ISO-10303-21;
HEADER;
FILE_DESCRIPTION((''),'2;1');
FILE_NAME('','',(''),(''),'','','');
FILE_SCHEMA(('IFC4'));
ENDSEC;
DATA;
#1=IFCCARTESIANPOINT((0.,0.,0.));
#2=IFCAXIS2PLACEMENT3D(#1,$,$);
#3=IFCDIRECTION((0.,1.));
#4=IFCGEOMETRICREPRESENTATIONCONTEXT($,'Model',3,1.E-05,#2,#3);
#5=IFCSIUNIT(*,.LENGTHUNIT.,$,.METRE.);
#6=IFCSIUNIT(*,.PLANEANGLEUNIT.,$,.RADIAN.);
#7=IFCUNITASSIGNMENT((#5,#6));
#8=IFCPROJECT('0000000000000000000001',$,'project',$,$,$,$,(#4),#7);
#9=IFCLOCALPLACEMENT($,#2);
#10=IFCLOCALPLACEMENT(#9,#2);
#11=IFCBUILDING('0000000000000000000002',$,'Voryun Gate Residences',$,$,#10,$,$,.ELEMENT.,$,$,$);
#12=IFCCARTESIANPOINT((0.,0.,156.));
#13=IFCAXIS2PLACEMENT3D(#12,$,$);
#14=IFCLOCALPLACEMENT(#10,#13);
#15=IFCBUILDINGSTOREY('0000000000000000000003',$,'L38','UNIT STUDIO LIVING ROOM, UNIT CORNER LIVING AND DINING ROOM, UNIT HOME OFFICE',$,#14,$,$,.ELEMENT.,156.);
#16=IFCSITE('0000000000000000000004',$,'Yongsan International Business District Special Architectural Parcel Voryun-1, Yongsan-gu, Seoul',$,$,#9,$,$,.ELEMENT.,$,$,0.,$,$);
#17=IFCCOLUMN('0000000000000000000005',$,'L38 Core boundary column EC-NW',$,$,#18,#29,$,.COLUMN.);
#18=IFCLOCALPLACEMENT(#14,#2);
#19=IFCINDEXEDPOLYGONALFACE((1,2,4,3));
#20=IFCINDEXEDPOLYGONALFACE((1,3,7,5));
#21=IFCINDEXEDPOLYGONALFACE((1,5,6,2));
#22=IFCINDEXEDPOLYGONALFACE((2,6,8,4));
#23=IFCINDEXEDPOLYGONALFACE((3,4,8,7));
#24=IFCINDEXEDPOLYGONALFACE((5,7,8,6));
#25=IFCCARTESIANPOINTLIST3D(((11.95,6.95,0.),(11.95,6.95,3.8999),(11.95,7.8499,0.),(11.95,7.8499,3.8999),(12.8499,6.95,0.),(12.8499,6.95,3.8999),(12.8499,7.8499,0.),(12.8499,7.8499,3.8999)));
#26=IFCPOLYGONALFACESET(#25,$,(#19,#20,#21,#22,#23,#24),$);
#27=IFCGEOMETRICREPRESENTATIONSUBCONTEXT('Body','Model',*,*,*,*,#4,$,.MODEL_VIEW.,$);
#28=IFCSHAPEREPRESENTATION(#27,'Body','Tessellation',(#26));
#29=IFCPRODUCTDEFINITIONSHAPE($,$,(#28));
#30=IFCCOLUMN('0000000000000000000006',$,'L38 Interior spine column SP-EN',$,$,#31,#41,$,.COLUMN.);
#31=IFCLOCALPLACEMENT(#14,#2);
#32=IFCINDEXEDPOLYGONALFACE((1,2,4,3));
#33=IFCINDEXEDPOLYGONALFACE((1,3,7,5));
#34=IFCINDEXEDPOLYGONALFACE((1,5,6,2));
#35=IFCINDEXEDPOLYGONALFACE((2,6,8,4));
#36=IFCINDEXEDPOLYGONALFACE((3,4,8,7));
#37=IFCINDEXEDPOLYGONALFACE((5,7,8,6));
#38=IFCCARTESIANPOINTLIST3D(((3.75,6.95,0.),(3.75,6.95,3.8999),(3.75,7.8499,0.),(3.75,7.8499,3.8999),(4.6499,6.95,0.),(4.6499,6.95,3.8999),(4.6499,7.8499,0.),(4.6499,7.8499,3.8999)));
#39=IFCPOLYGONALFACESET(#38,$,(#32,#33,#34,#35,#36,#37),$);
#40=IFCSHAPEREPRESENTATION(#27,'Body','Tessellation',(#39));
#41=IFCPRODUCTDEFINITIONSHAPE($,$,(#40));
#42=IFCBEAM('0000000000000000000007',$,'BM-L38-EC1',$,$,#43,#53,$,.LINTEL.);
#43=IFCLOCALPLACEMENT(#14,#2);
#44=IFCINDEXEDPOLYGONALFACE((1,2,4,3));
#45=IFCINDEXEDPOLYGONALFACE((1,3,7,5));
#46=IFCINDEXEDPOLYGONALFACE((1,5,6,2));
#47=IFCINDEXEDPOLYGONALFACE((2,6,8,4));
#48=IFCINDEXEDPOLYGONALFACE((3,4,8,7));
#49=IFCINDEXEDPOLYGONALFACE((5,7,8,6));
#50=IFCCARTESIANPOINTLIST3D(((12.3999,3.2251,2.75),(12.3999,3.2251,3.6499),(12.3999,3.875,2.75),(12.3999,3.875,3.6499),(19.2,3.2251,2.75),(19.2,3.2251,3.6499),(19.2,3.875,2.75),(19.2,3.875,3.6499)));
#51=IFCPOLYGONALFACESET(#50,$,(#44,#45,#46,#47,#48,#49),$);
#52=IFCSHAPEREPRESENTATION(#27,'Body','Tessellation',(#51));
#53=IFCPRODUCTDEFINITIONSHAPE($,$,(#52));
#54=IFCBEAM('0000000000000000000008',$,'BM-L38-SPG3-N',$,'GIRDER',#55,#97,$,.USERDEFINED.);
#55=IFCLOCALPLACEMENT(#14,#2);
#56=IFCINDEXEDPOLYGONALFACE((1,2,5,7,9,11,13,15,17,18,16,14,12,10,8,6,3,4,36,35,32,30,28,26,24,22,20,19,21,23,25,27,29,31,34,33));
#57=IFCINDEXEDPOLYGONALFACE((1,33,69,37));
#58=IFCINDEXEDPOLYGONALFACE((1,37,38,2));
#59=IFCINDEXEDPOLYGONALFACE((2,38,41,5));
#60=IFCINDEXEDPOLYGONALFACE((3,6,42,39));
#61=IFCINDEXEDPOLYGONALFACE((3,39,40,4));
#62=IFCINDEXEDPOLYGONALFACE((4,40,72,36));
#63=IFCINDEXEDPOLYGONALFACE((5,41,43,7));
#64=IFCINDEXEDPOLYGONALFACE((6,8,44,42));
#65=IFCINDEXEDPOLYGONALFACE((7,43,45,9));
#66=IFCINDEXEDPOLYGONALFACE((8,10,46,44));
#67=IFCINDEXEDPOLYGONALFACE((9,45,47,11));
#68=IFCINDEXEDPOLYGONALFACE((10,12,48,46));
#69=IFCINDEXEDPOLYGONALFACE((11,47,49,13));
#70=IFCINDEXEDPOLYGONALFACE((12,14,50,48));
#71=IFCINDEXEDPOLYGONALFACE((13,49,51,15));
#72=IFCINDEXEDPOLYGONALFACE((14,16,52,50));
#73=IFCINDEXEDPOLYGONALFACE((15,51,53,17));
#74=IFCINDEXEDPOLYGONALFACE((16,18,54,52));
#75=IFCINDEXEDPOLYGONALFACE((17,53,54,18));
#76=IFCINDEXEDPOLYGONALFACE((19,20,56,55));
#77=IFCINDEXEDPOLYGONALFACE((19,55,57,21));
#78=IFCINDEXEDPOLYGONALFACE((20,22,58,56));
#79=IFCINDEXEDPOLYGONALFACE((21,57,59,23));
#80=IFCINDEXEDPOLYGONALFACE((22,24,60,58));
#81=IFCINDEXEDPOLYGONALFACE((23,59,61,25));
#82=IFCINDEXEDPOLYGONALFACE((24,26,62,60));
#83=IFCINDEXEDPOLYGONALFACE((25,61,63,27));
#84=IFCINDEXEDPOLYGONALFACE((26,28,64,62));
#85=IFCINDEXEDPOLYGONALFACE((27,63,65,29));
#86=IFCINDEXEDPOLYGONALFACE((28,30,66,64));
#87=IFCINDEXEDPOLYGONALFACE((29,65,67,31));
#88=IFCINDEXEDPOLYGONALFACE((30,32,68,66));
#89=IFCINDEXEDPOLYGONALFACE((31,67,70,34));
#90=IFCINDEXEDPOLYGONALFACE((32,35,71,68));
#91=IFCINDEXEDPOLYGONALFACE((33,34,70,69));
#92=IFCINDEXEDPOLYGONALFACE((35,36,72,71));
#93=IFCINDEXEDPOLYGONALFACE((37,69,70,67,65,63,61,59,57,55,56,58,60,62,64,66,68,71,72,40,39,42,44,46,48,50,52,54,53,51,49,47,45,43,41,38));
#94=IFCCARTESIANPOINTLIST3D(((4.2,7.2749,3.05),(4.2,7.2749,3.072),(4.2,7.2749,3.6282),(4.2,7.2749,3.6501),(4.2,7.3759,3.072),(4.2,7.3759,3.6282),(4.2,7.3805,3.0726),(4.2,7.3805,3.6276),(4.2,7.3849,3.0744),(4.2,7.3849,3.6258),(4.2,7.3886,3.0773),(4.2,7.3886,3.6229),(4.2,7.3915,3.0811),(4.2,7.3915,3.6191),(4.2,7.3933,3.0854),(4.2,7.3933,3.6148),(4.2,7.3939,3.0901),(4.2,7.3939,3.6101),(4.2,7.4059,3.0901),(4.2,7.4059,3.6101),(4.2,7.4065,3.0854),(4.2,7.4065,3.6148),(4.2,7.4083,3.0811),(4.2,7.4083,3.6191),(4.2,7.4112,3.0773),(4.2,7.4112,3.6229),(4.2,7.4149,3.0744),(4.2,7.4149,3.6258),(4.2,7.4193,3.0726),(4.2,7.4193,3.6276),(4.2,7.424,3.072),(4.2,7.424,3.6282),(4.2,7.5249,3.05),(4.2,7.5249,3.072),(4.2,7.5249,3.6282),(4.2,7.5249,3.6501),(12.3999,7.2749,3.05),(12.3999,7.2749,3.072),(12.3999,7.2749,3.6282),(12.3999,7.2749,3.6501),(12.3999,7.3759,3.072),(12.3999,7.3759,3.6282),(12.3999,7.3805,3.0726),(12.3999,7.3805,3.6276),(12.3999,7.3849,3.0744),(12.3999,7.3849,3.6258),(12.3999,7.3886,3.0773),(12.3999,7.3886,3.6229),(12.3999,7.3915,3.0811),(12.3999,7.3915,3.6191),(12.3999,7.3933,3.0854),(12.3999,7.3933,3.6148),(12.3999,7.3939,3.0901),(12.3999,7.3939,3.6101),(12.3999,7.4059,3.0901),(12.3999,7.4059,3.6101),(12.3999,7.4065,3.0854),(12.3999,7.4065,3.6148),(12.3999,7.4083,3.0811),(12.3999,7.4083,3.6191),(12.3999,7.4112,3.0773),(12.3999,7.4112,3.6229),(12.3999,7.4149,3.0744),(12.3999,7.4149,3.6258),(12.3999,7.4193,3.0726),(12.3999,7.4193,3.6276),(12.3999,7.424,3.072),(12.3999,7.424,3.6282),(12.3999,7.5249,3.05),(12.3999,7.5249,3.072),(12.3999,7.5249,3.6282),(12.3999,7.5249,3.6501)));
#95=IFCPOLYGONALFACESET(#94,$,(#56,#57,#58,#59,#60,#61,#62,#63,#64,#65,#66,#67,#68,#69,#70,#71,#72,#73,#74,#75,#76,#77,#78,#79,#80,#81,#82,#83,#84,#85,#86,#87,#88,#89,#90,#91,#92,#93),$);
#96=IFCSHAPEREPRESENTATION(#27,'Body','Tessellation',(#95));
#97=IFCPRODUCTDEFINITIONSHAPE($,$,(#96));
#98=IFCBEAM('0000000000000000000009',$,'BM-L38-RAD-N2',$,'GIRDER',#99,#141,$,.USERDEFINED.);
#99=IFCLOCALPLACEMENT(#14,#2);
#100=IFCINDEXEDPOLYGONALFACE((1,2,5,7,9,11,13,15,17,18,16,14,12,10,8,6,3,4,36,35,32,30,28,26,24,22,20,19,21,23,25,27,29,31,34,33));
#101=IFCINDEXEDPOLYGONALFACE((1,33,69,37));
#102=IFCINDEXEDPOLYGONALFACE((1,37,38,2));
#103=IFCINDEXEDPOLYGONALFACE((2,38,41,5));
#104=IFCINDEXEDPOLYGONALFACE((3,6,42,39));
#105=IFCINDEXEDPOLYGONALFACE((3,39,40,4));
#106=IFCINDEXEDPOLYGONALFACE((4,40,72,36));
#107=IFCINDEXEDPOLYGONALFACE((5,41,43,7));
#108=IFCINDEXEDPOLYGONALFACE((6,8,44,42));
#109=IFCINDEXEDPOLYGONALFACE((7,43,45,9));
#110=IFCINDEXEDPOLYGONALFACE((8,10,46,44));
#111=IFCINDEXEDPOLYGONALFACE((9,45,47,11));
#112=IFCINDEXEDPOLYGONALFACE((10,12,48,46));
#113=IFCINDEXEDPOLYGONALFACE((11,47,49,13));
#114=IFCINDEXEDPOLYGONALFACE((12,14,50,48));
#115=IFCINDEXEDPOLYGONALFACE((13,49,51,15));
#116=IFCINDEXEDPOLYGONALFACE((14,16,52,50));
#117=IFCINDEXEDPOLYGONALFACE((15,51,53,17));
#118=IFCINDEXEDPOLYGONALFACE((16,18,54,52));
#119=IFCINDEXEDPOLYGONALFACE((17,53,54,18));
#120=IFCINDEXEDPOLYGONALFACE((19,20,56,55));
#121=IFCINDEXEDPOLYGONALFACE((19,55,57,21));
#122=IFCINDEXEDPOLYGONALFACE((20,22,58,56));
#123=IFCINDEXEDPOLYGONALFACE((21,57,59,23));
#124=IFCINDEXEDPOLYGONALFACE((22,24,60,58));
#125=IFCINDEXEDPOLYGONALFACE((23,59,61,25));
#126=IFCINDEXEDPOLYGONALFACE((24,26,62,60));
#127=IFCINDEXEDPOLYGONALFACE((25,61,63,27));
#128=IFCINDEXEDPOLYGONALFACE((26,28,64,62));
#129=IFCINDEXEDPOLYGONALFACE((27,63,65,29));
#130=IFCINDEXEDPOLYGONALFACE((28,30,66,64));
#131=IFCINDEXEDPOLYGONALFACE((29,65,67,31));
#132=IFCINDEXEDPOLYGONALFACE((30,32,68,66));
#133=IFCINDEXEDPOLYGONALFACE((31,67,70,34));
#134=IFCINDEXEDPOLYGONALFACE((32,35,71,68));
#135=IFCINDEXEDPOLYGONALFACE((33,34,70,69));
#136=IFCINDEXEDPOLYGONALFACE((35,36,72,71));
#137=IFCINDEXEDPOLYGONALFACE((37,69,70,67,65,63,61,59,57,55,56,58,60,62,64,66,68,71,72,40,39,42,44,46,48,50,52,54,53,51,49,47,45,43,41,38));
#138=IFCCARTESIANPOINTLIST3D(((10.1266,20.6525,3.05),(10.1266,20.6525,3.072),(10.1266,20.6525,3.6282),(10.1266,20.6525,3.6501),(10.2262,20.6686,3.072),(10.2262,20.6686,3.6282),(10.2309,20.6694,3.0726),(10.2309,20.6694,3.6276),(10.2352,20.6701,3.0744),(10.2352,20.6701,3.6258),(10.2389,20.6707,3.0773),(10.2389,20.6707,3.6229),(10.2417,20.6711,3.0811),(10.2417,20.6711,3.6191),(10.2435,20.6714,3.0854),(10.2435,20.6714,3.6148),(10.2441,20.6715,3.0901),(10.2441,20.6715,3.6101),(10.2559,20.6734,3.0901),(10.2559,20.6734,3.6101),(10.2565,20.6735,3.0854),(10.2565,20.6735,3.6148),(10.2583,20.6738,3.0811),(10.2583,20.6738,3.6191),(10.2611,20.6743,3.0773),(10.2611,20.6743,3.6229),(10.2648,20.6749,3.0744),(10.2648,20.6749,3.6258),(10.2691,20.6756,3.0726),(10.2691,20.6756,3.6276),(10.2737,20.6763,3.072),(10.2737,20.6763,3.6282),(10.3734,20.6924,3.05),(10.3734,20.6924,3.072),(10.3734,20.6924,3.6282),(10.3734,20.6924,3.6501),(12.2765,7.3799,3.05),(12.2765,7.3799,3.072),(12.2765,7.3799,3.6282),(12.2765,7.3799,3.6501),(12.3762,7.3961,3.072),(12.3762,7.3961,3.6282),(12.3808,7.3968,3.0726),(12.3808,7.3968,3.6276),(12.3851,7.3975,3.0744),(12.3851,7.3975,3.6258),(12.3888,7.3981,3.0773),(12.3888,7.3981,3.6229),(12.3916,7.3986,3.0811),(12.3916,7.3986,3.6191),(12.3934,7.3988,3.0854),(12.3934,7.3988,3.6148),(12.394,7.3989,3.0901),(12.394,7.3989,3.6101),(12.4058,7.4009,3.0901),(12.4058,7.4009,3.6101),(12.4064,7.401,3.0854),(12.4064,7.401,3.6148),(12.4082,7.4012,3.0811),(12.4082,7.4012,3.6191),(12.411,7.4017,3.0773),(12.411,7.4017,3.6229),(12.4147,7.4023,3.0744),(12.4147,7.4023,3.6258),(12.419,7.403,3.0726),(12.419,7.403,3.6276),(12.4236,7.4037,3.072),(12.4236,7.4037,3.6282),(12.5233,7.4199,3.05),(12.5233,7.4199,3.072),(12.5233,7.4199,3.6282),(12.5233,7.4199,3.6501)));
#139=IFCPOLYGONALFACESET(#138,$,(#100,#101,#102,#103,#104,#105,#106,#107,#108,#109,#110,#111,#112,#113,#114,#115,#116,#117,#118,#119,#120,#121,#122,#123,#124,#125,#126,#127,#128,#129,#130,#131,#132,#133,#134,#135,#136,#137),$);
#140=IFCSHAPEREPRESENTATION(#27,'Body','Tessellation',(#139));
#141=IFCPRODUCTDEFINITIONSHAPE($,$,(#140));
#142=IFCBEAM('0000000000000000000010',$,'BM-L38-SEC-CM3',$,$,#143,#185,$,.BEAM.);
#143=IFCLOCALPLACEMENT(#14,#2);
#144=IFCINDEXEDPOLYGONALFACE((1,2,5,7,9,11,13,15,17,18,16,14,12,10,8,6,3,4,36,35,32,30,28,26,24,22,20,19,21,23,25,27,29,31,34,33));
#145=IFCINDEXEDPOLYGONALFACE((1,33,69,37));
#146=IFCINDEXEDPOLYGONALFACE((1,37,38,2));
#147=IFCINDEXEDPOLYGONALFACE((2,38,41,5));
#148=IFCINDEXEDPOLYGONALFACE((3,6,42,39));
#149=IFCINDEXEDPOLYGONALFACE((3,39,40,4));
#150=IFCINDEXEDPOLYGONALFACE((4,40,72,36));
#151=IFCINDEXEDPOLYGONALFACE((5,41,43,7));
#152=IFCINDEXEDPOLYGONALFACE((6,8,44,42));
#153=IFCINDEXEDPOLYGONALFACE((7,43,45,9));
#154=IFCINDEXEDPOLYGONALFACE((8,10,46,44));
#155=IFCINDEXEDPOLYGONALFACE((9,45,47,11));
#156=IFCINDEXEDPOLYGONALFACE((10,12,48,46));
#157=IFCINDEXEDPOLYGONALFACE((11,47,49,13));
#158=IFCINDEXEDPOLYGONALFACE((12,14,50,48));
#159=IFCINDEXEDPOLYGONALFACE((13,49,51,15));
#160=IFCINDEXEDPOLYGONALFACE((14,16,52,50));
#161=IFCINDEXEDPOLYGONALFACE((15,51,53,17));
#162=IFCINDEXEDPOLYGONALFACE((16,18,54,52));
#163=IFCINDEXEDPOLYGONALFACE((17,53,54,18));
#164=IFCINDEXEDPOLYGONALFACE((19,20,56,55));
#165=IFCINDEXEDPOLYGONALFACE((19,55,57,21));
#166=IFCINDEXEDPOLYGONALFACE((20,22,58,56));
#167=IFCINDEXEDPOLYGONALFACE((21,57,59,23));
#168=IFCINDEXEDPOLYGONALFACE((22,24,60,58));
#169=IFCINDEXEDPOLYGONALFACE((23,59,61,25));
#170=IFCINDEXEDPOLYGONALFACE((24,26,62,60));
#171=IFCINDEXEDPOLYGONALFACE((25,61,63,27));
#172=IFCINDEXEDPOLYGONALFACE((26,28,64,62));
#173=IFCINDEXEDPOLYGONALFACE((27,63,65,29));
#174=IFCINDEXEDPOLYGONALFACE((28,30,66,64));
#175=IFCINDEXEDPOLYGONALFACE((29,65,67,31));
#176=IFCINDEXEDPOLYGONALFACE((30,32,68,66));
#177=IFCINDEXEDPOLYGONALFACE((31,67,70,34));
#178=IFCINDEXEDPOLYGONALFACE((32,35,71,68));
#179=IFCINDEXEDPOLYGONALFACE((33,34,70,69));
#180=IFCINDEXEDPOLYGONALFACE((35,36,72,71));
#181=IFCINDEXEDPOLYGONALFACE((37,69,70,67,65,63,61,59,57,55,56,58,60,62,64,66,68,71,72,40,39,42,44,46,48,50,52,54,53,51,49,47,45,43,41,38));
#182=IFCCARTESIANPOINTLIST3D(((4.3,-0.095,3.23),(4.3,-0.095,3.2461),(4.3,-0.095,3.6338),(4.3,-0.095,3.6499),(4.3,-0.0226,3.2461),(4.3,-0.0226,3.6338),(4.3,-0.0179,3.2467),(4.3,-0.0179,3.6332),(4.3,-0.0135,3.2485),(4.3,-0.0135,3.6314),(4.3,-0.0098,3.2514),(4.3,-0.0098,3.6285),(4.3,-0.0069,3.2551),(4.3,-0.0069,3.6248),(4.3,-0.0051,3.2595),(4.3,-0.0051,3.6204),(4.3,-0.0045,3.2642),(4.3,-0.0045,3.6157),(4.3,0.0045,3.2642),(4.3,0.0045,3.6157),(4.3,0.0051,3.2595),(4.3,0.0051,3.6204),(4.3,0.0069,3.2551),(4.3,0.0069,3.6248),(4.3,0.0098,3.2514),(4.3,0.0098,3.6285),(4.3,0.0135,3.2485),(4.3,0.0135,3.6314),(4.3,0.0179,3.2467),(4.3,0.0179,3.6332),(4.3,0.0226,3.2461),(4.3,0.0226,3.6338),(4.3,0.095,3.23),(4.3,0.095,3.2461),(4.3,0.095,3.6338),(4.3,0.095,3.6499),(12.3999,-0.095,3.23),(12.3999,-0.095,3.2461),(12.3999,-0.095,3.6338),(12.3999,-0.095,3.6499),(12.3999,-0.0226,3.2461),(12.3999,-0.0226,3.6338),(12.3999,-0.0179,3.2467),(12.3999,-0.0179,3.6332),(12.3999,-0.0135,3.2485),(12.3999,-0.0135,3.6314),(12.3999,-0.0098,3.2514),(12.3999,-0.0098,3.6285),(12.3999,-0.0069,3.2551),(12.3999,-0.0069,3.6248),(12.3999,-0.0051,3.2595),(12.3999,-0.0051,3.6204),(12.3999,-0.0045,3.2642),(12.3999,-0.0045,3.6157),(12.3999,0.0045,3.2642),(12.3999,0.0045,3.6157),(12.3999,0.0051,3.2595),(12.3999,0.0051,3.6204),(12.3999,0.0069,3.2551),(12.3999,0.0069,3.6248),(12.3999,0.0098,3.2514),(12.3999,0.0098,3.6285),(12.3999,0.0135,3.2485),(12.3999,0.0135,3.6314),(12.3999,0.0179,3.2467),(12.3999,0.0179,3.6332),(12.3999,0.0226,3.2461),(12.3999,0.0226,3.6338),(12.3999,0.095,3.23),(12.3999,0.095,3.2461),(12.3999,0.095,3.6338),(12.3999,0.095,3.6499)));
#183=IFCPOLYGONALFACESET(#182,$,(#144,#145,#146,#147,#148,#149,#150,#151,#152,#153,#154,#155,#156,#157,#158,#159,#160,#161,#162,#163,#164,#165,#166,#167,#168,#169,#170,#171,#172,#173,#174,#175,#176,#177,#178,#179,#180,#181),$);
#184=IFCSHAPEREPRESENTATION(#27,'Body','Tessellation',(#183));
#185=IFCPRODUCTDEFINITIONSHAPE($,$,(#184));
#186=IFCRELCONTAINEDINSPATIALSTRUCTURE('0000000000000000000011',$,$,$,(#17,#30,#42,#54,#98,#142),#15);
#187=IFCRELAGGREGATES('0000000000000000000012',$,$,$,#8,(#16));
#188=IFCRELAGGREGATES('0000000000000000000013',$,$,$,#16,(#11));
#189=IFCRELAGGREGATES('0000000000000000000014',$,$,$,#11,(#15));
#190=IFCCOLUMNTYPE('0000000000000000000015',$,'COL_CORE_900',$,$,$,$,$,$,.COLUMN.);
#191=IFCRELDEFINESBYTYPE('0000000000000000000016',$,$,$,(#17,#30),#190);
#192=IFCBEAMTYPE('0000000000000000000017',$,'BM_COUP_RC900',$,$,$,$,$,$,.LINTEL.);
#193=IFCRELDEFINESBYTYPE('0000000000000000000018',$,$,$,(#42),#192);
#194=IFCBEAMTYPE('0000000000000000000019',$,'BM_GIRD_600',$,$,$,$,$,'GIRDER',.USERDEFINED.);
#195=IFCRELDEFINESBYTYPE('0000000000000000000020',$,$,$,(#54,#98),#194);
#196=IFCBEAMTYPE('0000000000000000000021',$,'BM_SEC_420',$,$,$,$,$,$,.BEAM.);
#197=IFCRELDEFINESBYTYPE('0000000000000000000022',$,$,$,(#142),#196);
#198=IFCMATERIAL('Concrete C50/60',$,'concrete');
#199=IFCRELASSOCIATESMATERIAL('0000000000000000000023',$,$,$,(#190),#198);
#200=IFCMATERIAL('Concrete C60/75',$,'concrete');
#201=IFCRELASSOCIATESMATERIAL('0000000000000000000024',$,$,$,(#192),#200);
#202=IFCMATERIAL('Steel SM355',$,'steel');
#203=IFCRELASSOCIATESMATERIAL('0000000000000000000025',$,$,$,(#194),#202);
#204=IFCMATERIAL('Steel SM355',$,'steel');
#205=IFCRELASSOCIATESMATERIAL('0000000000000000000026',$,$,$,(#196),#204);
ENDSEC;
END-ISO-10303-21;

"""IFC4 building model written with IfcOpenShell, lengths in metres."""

from ifc_helpers import new_model, si_unit, direction, frame, origin, origin_2d, place, context, subcontext, project, spatial, rectangle, i_section, extrude, material, material_profile, profile_set, type_object, element, save


model = new_model("IFC4")

# Units and contexts
model_context = context("Model", 3, precision=1e-05, world=origin(), true_north=direction((0.0, 1.0)))
body_context = subcontext(model_context, "Body", "Model", "MODEL_VIEW")
ifc_project = project(units=[si_unit("LENGTHUNIT", "METRE"), si_unit("PLANEANGLEUNIT", "RADIAN")], contexts=[model_context])

# Site, building, storey
site_placement = place(None, origin())
site = spatial("IfcSite", under=ifc_project, at=site_placement, Name="Yongsan International Business District Special Architectural Parcel Voryun-1, Yongsan-gu, Seoul", CompositionType="ELEMENT", RefElevation=0.0)
building_placement = place(site_placement, origin())
building = spatial("IfcBuilding", under=site, at=building_placement, Name="Voryun Gate Residences", CompositionType="ELEMENT")
storey_placement = place(building_placement, frame((0.0, 0.0, 156.0)))
storey = spatial("IfcBuildingStorey", under=building, at=storey_placement, Name="L38", Description="UNIT STUDIO LIVING ROOM, UNIT CORNER LIVING AND DINING ROOM, UNIT HOME OFFICE", CompositionType="ELEMENT", Elevation=156.0)

# Columns
ifc_material_1 = material(Name="Concrete C50/60", Category="concrete")
ifc_material_profile_1 = material_profile(ifc_material_1, rectangle(XDim=0.8999, YDim=0.8999, at=origin_2d()), Name="RC-900x900")
ifc_profile_set_1 = profile_set([ifc_material_profile_1], Name="Concrete C50/60")
column_type = type_object("IfcColumnType", Name="COL_CORE_900", PredefinedType="COLUMN", material=ifc_profile_set_1)
for number, where, z_axis, x_axis, name in (
    (1, (12.3999, 7.3999, 0.0), (0.0, 0.0, 1.0), (1.0, 0.0, 0.0), "L38 Core boundary column EC-NW"),
    (2, (4.2, 7.3999, 0.0), (0.0, 0.0, 1.0), (1.0, 0.0, 0.0), "L38 Interior spine column SP-EN"),
):
    element("IfcColumn", number, at=place(storey_placement, frame(where, z_axis=z_axis, x_axis=x_axis)), inside=storey, type_object=column_type, Name=name, PredefinedType="COLUMN", context=body_context, shape_type="SweptSolid", body=[
        extrude(rectangle(XDim=0.8999, YDim=0.8999, at=origin_2d()), origin(), (0.0, 0.0, 1.0), 3.8999),
    ])

# Beams
ifc_material_2 = material(Name="Concrete C60/75", Category="concrete")
ifc_material_profile_2 = material_profile(ifc_material_2, rectangle(XDim=0.6499, YDim=0.8999, at=origin_2d()), Name="RC-650x900")
ifc_profile_set_2 = profile_set([ifc_material_profile_2], Name="Concrete C60/75")
beam_type_1 = type_object("IfcBeamType", Name="BM_COUP_RC900", PredefinedType="LINTEL", material=ifc_profile_set_2)
beam_1_placement = place(storey_placement, frame((12.3999, 3.55, 3.2), z_axis=(1.0, 0.0, 0.0), x_axis=(0.0, 1.0, 0.0)))
element("IfcBeam", 3, at=beam_1_placement, inside=storey, type_object=beam_type_1, Name="BM-L38-EC1", PredefinedType="LINTEL", context=body_context, shape_type="SweptSolid", body=[
    extrude(rectangle(XDim=0.6499, YDim=0.8999, at=origin_2d()), origin(), (0.0, 0.0, 1.0), 6.8),
])
ifc_material_3 = material(Name="Steel SM355", Category="steel")
ifc_material_profile_3 = material_profile(ifc_material_3, i_section(OverallWidth=0.25, OverallDepth=0.6001, WebThickness=0.012, FlangeThickness=0.022, FilletRadius=0.0181, at=origin_2d()), Name="H-600x250x12x22")
ifc_profile_set_3 = profile_set([ifc_material_profile_3], Name="Steel SM355")
beam_type_2 = type_object("IfcBeamType", Name="BM_GIRD_600", ElementType="GIRDER", PredefinedType="USERDEFINED", material=ifc_profile_set_3)
beam_2_placement = place(storey_placement, frame((4.2, 7.3999, 3.3501), z_axis=(1.0, 0.0, 0.0), x_axis=(0.0, 1.0, 0.0)))
element("IfcBeam", 4, at=beam_2_placement, inside=storey, type_object=beam_type_2, Name="BM-L38-SPG3-N", ObjectType="GIRDER", PredefinedType="USERDEFINED", context=body_context, shape_type="SweptSolid", body=[
    extrude(i_section(OverallWidth=0.25, OverallDepth=0.6001, WebThickness=0.012, FlangeThickness=0.022, FilletRadius=0.0181, at=origin_2d()), origin(), (0.0, 0.0, 1.0), 8.2),
])
beam_3_placement = place(storey_placement, frame((12.3999, 7.3999, 3.3501), z_axis=(-0.159898, 0.987134, 0.0), x_axis=(-0.987134, -0.159898, 0.0)))
element("IfcBeam", 5, at=beam_3_placement, inside=storey, type_object=beam_type_2, Name="BM-L38-RAD-N2", ObjectType="GIRDER", PredefinedType="USERDEFINED", context=body_context, shape_type="SweptSolid", body=[
    extrude(i_section(OverallWidth=0.25, OverallDepth=0.6001, WebThickness=0.012, FlangeThickness=0.022, FilletRadius=0.0181, at=origin_2d()), origin(), (0.0, 0.0, 1.0), 13.4456),
])
ifc_material_4 = material(Name="Steel SM355", Category="steel")
ifc_material_profile_4 = material_profile(ifc_material_4, i_section(OverallWidth=0.1899, OverallDepth=0.4199, WebThickness=0.009, FlangeThickness=0.0161, FilletRadius=0.0181, at=origin_2d()), Name="H-420x190x9x16")
ifc_profile_set_4 = profile_set([ifc_material_profile_4], Name="Steel SM355")
beam_type_3 = type_object("IfcBeamType", Name="BM_SEC_420", PredefinedType="BEAM", material=ifc_profile_set_4)
for number, where, z_axis, x_axis, name in (
    (6, (4.3, 0.0, 3.4399), (1.0, 0.0, 0.0), (0.0, 1.0, 0.0), "BM-L38-SEC-CM3"),
):
    element("IfcBeam", number, at=place(storey_placement, frame(where, z_axis=z_axis, x_axis=x_axis)), inside=storey, type_object=beam_type_3, Name=name, PredefinedType="BEAM", context=body_context, shape_type="SweptSolid", body=[
        extrude(i_section(OverallWidth=0.1899, OverallDepth=0.4199, WebThickness=0.009, FlangeThickness=0.0161, FilletRadius=0.0181, at=origin_2d()), origin(), (0.0, 0.0, 1.0), 8.0999),
    ])

save(model, "model.ifc")
